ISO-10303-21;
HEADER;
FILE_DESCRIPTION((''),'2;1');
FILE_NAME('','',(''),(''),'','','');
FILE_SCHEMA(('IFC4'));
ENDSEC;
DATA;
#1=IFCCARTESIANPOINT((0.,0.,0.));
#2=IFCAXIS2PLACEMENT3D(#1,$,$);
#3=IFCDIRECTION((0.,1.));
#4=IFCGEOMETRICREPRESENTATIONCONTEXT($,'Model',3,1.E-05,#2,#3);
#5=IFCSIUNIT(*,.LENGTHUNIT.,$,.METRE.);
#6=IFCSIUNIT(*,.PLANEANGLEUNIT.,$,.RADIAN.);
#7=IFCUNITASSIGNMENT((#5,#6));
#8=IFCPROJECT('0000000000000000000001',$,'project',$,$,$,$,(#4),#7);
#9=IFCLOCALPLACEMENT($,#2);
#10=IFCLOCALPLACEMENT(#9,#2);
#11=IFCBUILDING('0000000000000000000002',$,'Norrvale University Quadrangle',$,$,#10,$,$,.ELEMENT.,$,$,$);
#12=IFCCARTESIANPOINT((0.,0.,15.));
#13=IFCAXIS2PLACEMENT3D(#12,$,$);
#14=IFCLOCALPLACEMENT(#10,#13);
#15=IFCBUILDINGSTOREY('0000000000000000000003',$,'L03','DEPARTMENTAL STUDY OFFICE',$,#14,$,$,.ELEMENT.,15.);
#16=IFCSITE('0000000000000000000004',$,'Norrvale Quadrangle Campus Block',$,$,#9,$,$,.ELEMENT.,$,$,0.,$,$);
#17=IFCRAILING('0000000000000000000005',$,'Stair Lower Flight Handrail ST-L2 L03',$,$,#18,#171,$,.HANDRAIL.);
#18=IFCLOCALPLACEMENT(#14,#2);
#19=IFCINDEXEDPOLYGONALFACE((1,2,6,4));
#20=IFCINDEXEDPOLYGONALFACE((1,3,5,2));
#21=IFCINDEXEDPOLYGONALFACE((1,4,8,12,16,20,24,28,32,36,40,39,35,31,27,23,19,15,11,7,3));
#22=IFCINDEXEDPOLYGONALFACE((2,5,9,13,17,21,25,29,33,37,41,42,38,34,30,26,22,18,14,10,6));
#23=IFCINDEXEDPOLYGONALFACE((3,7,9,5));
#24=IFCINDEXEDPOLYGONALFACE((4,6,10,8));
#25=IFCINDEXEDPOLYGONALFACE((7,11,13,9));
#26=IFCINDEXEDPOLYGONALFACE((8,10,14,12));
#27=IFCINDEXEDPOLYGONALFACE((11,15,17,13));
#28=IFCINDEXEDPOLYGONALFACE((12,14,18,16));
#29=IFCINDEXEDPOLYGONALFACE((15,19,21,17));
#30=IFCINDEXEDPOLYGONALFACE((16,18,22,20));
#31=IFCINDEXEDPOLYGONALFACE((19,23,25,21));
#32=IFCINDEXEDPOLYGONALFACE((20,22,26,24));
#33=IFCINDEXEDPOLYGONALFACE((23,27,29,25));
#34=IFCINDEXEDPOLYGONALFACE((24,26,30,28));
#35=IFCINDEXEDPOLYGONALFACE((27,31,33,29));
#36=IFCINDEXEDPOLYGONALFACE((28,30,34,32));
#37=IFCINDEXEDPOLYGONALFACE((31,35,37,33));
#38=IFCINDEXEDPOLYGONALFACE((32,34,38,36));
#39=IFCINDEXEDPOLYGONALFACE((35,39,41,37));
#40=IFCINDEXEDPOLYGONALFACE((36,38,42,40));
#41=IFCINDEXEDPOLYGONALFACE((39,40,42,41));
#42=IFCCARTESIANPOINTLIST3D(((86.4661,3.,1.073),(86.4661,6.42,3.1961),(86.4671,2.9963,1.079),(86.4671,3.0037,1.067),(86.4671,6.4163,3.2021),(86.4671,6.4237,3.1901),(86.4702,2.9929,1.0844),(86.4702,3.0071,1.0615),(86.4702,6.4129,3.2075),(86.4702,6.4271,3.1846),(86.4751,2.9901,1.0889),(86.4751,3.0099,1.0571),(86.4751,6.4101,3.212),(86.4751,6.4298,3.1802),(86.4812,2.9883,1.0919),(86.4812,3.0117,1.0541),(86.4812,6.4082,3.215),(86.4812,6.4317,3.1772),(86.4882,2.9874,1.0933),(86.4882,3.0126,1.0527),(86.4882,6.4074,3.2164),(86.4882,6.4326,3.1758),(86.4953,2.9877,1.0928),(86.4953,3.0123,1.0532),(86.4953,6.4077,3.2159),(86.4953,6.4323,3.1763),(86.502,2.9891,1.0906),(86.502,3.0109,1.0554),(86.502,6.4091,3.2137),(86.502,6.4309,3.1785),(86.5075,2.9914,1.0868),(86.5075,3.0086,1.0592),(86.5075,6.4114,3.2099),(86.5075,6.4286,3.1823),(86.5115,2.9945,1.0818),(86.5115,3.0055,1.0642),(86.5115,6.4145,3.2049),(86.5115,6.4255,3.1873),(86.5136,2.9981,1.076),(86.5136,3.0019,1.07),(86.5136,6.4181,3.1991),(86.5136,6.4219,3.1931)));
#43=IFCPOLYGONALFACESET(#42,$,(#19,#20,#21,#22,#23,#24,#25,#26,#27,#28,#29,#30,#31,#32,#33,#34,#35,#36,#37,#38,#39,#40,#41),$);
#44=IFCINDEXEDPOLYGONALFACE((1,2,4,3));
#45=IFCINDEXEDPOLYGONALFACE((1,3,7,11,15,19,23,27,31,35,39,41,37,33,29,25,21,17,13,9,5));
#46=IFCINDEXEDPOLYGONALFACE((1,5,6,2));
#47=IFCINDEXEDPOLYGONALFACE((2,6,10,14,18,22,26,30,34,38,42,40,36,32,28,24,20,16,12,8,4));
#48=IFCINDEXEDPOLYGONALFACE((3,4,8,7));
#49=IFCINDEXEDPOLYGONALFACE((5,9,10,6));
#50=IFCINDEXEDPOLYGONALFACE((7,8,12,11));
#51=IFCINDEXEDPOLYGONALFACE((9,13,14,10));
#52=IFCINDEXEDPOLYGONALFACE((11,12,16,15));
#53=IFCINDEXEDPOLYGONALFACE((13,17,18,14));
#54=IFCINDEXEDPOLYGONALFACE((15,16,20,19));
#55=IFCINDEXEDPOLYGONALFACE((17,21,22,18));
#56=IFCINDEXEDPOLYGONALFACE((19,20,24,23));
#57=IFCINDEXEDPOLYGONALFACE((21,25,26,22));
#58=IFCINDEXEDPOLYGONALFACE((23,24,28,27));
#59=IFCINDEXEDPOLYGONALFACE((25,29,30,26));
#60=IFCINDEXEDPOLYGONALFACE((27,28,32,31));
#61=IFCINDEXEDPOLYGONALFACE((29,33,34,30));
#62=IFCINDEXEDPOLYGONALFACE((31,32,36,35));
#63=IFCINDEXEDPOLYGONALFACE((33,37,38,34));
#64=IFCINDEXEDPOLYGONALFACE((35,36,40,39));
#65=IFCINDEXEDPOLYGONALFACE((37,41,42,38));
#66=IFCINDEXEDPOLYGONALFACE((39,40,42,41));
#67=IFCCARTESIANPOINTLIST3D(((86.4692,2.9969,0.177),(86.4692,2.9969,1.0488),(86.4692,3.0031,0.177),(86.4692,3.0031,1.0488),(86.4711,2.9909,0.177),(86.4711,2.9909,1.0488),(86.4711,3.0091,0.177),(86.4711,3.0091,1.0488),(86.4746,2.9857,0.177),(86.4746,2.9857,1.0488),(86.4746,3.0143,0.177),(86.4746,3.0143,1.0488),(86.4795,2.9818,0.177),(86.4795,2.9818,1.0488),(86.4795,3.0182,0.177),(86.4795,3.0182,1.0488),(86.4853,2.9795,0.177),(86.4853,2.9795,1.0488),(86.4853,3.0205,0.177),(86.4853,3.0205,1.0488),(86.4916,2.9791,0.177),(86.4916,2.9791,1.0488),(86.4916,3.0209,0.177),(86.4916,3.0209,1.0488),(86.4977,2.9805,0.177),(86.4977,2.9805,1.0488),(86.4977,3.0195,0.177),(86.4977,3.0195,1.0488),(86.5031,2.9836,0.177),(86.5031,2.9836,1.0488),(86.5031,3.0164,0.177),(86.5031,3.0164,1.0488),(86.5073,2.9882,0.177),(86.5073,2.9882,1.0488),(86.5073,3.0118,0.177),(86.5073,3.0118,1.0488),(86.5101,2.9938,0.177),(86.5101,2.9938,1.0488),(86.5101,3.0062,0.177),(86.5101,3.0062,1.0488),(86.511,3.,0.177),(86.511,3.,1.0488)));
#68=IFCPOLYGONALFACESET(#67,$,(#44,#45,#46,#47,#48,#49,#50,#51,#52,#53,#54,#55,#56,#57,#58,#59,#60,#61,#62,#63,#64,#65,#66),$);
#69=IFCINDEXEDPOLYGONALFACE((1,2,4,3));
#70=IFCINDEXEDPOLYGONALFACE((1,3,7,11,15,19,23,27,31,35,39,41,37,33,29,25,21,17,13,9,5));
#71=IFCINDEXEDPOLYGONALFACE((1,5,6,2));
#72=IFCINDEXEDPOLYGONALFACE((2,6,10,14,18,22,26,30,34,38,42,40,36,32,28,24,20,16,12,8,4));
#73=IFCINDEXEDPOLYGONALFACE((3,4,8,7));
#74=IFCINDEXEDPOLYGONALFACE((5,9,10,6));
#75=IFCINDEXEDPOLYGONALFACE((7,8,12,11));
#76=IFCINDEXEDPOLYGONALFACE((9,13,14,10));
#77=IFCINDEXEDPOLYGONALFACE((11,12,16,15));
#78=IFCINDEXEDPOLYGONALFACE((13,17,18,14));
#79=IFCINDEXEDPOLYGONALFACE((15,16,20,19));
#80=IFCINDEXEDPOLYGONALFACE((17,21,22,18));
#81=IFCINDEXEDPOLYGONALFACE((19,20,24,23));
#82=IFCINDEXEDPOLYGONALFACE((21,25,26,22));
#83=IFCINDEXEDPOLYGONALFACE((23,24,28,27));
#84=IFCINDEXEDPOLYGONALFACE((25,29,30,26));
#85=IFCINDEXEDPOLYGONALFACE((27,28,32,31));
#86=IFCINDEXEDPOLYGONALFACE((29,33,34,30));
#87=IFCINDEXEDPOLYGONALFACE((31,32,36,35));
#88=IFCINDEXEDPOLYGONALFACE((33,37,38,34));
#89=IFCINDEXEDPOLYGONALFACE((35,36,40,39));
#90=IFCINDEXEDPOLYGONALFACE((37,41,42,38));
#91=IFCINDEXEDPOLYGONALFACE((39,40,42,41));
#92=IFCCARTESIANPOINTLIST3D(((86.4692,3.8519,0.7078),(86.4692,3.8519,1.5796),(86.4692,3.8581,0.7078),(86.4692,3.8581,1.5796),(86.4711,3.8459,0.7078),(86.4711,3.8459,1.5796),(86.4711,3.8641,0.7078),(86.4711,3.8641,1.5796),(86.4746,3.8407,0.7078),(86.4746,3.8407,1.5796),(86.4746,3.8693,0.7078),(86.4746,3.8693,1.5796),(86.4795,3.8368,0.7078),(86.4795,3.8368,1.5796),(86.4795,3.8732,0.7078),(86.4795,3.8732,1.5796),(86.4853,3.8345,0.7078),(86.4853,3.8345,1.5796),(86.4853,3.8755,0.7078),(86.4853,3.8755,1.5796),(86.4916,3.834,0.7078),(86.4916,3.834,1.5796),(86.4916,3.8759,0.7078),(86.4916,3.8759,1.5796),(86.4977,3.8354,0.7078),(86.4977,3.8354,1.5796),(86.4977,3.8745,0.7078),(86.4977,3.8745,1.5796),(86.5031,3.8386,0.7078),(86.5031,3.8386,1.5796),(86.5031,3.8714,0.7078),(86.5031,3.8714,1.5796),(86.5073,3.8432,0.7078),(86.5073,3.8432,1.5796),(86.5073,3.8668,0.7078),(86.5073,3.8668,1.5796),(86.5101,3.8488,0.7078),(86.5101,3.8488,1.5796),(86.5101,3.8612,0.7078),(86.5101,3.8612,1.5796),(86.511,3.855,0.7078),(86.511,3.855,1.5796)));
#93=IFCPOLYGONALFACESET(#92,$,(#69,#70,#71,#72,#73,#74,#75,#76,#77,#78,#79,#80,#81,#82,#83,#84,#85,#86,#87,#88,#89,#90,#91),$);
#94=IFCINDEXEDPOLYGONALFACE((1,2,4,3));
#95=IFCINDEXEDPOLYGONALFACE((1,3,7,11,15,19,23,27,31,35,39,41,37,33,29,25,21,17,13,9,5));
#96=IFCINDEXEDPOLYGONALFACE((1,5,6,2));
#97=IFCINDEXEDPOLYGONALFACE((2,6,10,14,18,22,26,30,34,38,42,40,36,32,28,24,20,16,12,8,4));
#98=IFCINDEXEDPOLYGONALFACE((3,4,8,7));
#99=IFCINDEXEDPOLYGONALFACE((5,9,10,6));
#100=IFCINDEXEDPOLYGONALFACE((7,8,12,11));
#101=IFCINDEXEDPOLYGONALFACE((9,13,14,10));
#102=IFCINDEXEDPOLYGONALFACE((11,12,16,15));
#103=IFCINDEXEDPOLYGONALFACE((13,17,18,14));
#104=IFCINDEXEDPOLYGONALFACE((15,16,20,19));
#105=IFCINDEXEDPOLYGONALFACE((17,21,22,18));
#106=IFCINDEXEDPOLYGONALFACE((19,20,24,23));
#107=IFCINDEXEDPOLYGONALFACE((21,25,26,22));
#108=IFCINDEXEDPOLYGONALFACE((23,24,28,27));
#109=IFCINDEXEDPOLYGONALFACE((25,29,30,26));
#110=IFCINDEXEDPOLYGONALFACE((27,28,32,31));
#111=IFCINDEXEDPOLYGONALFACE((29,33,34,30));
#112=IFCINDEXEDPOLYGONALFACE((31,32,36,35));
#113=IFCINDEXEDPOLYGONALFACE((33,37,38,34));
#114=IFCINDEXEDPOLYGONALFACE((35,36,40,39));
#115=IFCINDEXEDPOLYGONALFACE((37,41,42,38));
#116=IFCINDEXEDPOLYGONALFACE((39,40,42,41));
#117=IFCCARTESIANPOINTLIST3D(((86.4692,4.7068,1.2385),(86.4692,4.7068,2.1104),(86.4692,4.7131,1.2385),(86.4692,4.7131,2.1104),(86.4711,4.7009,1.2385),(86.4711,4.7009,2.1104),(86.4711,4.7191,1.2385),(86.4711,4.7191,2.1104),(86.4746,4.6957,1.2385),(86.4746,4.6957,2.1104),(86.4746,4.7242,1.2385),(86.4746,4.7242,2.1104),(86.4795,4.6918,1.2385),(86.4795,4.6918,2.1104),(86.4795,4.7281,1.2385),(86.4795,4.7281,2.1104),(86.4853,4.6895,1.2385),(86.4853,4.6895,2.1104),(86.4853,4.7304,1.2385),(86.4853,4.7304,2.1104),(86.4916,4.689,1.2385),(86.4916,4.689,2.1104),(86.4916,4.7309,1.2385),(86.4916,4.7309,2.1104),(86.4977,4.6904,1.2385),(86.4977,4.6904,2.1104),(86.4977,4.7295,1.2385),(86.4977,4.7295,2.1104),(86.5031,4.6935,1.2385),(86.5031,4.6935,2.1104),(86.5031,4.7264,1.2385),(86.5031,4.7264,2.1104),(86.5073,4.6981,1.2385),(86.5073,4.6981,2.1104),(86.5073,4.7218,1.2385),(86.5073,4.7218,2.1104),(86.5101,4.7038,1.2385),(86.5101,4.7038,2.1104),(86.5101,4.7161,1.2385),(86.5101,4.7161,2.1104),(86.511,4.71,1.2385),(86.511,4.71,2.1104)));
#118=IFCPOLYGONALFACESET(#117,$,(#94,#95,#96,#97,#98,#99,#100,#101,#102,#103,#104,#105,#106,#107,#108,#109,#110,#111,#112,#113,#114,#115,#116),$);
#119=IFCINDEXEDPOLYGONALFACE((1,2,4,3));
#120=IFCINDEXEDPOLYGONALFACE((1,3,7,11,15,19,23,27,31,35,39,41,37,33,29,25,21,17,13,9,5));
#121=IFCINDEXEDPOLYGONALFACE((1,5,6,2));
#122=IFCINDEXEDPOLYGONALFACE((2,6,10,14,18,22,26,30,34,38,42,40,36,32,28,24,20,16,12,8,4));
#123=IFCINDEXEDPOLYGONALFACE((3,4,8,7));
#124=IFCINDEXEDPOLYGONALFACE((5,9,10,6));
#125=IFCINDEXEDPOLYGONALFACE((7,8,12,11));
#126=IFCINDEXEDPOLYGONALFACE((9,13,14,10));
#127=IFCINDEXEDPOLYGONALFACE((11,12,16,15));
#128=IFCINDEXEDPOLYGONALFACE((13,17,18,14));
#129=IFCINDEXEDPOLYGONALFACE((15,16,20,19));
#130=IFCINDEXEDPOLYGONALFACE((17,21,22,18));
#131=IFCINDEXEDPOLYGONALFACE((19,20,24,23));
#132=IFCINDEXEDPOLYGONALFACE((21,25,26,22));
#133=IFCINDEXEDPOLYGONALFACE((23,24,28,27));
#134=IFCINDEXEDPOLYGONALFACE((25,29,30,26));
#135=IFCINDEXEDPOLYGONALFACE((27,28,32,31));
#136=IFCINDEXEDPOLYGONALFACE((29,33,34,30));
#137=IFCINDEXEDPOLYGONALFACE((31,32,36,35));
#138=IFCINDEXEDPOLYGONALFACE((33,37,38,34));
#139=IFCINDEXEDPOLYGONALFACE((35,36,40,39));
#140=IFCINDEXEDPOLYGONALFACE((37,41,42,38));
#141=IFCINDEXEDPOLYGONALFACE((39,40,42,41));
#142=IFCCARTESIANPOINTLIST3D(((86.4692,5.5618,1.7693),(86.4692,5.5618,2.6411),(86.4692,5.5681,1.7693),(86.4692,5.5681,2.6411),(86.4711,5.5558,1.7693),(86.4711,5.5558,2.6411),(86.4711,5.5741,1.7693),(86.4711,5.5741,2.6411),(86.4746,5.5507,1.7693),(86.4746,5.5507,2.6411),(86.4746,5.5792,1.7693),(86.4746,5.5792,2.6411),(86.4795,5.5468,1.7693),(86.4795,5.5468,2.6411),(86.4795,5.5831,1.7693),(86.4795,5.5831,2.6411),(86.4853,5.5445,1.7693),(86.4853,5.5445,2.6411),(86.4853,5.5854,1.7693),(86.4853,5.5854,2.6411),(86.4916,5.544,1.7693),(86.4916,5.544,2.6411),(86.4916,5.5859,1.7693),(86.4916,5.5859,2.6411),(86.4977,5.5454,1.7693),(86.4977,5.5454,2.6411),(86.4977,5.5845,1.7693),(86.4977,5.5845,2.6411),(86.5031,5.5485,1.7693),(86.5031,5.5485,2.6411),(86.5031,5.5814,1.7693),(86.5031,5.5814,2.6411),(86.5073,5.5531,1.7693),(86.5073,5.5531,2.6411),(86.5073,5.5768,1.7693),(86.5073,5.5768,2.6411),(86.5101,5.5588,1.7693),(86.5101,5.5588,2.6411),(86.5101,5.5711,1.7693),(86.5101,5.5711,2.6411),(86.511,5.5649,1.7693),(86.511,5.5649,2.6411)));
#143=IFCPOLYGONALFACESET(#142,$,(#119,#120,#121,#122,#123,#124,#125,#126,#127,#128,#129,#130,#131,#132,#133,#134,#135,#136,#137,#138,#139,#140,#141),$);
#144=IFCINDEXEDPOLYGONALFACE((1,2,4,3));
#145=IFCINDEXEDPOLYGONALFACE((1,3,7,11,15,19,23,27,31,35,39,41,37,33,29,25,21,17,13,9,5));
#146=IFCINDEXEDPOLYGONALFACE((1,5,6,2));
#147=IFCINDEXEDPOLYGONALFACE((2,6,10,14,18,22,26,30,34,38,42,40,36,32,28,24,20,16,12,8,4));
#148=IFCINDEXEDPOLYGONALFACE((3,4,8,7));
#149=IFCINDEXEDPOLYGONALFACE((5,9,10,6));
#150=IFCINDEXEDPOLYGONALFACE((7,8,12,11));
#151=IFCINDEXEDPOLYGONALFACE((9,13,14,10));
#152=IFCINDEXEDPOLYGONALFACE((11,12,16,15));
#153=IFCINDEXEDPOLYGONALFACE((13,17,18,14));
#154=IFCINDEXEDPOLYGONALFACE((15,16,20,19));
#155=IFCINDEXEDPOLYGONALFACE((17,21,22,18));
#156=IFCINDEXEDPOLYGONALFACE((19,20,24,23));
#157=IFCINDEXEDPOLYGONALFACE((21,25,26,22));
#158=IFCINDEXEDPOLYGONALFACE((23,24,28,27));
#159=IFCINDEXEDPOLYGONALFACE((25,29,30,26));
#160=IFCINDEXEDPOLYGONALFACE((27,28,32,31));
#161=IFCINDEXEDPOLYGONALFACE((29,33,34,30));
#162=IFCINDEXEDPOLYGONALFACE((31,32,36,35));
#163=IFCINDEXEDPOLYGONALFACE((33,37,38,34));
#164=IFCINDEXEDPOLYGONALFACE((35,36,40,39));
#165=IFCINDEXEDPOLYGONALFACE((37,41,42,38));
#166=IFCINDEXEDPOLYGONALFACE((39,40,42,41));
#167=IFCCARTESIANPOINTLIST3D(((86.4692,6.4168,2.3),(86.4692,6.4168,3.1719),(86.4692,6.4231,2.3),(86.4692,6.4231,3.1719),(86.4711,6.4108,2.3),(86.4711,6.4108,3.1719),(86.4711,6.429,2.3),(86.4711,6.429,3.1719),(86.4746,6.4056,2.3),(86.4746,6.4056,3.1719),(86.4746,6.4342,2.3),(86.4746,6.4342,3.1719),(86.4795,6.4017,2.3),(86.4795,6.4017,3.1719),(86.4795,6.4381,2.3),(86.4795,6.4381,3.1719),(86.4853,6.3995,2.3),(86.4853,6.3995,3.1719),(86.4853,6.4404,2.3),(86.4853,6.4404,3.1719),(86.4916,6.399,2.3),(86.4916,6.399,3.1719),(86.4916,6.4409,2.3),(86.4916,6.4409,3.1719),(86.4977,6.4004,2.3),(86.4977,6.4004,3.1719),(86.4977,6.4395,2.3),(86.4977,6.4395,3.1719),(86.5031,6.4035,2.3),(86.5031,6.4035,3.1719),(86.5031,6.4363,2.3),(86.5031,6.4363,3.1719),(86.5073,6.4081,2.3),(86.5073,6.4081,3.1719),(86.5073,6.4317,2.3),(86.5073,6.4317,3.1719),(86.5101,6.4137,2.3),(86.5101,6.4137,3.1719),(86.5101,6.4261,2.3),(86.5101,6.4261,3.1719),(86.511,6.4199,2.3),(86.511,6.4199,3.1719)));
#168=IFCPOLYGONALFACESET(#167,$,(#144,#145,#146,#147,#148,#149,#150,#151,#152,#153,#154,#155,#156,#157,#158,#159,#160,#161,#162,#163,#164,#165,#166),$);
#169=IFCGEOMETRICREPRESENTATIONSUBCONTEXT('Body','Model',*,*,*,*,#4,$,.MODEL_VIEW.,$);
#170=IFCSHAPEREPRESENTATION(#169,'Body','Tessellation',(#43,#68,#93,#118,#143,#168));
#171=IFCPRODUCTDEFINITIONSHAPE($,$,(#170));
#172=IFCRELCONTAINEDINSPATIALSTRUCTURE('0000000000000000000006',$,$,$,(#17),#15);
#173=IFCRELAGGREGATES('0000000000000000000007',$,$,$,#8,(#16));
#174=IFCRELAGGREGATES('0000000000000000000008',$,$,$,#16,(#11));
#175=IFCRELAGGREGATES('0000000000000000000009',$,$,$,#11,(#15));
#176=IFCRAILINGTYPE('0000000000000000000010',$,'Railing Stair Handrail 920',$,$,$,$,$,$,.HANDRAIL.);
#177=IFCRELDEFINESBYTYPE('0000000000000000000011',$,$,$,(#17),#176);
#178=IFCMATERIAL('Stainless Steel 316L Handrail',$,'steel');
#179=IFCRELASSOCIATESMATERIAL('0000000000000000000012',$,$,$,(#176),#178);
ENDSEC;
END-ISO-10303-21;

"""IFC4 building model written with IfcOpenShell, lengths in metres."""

from ifc_helpers import new_model, si_unit, direction, frame, origin, origin_2d, place, context, subcontext, project, spatial, circle, extrude, material, type_object, element, save


model = new_model("IFC4")

# Units and contexts
model_context = context("Model", 3, precision=1e-05, world=origin(), true_north=direction((0.0, 1.0)))
body_context = subcontext(model_context, "Body", "Model", "MODEL_VIEW")
ifc_project = project(units=[si_unit("LENGTHUNIT", "METRE"), si_unit("PLANEANGLEUNIT", "RADIAN")], contexts=[model_context])

# Site, building, storey
site_placement = place(None, origin())
site = spatial("IfcSite", under=ifc_project, at=site_placement, Name="Norrvale Quadrangle Campus Block", CompositionType="ELEMENT", RefElevation=0.0)
building_placement = place(site_placement, origin())
building = spatial("IfcBuilding", under=site, at=building_placement, Name="Norrvale University Quadrangle", CompositionType="ELEMENT")
storey_placement = place(building_placement, frame((0.0, 0.0, 15.0)))
storey = spatial("IfcBuildingStorey", under=building, at=storey_placement, Name="L03", Description="DEPARTMENTAL STUDY OFFICE", CompositionType="ELEMENT", Elevation=15.0)

# Railing
ifc_material_1 = material(Name="Stainless Steel 316L Handrail", Category="steel")
railing_type_1 = type_object("IfcRailingType", Name="Railing Stair Handrail 920", PredefinedType="HANDRAIL", material=ifc_material_1)
railing_1_placement = place(storey_placement, frame((86.49, 3.0, 0.177)))
element("IfcRailing", 1, at=railing_1_placement, inside=storey, type_object=railing_type_1, Name="Stair Lower Flight Handrail ST-L2 L03", PredefinedType="HANDRAIL", context=body_context, shape_type="SweptSolid", body=[
    extrude(circle(Radius=0.0239, at=origin_2d()), frame((0.0, 0.0, 0.896), z_axis=(0.0, 0.849603, 0.527423), x_axis=(-1.0, 0.0, 0.0)), (0.0, 0.0, 1.0), 4.0254),
    extrude(circle(Radius=0.021, at=origin_2d()), origin(), (0.0, 0.0, 1.0), 0.8718),
    extrude(circle(Radius=0.021, at=origin_2d()), frame((0.0, 0.855, 0.5308)), (0.0, 0.0, 1.0), 0.8718),
    extrude(circle(Radius=0.021, at=origin_2d()), frame((0.0, 1.71, 1.0615)), (0.0, 0.0, 1.0), 0.8718),
    extrude(circle(Radius=0.021, at=origin_2d()), frame((0.0, 2.5649, 1.5923)), (0.0, 0.0, 1.0), 0.8718),
    extrude(circle(Radius=0.021, at=origin_2d()), frame((0.0, 3.4199, 2.123)), (0.0, 0.0, 1.0), 0.8718),
])

save(model, "model.ifc")
